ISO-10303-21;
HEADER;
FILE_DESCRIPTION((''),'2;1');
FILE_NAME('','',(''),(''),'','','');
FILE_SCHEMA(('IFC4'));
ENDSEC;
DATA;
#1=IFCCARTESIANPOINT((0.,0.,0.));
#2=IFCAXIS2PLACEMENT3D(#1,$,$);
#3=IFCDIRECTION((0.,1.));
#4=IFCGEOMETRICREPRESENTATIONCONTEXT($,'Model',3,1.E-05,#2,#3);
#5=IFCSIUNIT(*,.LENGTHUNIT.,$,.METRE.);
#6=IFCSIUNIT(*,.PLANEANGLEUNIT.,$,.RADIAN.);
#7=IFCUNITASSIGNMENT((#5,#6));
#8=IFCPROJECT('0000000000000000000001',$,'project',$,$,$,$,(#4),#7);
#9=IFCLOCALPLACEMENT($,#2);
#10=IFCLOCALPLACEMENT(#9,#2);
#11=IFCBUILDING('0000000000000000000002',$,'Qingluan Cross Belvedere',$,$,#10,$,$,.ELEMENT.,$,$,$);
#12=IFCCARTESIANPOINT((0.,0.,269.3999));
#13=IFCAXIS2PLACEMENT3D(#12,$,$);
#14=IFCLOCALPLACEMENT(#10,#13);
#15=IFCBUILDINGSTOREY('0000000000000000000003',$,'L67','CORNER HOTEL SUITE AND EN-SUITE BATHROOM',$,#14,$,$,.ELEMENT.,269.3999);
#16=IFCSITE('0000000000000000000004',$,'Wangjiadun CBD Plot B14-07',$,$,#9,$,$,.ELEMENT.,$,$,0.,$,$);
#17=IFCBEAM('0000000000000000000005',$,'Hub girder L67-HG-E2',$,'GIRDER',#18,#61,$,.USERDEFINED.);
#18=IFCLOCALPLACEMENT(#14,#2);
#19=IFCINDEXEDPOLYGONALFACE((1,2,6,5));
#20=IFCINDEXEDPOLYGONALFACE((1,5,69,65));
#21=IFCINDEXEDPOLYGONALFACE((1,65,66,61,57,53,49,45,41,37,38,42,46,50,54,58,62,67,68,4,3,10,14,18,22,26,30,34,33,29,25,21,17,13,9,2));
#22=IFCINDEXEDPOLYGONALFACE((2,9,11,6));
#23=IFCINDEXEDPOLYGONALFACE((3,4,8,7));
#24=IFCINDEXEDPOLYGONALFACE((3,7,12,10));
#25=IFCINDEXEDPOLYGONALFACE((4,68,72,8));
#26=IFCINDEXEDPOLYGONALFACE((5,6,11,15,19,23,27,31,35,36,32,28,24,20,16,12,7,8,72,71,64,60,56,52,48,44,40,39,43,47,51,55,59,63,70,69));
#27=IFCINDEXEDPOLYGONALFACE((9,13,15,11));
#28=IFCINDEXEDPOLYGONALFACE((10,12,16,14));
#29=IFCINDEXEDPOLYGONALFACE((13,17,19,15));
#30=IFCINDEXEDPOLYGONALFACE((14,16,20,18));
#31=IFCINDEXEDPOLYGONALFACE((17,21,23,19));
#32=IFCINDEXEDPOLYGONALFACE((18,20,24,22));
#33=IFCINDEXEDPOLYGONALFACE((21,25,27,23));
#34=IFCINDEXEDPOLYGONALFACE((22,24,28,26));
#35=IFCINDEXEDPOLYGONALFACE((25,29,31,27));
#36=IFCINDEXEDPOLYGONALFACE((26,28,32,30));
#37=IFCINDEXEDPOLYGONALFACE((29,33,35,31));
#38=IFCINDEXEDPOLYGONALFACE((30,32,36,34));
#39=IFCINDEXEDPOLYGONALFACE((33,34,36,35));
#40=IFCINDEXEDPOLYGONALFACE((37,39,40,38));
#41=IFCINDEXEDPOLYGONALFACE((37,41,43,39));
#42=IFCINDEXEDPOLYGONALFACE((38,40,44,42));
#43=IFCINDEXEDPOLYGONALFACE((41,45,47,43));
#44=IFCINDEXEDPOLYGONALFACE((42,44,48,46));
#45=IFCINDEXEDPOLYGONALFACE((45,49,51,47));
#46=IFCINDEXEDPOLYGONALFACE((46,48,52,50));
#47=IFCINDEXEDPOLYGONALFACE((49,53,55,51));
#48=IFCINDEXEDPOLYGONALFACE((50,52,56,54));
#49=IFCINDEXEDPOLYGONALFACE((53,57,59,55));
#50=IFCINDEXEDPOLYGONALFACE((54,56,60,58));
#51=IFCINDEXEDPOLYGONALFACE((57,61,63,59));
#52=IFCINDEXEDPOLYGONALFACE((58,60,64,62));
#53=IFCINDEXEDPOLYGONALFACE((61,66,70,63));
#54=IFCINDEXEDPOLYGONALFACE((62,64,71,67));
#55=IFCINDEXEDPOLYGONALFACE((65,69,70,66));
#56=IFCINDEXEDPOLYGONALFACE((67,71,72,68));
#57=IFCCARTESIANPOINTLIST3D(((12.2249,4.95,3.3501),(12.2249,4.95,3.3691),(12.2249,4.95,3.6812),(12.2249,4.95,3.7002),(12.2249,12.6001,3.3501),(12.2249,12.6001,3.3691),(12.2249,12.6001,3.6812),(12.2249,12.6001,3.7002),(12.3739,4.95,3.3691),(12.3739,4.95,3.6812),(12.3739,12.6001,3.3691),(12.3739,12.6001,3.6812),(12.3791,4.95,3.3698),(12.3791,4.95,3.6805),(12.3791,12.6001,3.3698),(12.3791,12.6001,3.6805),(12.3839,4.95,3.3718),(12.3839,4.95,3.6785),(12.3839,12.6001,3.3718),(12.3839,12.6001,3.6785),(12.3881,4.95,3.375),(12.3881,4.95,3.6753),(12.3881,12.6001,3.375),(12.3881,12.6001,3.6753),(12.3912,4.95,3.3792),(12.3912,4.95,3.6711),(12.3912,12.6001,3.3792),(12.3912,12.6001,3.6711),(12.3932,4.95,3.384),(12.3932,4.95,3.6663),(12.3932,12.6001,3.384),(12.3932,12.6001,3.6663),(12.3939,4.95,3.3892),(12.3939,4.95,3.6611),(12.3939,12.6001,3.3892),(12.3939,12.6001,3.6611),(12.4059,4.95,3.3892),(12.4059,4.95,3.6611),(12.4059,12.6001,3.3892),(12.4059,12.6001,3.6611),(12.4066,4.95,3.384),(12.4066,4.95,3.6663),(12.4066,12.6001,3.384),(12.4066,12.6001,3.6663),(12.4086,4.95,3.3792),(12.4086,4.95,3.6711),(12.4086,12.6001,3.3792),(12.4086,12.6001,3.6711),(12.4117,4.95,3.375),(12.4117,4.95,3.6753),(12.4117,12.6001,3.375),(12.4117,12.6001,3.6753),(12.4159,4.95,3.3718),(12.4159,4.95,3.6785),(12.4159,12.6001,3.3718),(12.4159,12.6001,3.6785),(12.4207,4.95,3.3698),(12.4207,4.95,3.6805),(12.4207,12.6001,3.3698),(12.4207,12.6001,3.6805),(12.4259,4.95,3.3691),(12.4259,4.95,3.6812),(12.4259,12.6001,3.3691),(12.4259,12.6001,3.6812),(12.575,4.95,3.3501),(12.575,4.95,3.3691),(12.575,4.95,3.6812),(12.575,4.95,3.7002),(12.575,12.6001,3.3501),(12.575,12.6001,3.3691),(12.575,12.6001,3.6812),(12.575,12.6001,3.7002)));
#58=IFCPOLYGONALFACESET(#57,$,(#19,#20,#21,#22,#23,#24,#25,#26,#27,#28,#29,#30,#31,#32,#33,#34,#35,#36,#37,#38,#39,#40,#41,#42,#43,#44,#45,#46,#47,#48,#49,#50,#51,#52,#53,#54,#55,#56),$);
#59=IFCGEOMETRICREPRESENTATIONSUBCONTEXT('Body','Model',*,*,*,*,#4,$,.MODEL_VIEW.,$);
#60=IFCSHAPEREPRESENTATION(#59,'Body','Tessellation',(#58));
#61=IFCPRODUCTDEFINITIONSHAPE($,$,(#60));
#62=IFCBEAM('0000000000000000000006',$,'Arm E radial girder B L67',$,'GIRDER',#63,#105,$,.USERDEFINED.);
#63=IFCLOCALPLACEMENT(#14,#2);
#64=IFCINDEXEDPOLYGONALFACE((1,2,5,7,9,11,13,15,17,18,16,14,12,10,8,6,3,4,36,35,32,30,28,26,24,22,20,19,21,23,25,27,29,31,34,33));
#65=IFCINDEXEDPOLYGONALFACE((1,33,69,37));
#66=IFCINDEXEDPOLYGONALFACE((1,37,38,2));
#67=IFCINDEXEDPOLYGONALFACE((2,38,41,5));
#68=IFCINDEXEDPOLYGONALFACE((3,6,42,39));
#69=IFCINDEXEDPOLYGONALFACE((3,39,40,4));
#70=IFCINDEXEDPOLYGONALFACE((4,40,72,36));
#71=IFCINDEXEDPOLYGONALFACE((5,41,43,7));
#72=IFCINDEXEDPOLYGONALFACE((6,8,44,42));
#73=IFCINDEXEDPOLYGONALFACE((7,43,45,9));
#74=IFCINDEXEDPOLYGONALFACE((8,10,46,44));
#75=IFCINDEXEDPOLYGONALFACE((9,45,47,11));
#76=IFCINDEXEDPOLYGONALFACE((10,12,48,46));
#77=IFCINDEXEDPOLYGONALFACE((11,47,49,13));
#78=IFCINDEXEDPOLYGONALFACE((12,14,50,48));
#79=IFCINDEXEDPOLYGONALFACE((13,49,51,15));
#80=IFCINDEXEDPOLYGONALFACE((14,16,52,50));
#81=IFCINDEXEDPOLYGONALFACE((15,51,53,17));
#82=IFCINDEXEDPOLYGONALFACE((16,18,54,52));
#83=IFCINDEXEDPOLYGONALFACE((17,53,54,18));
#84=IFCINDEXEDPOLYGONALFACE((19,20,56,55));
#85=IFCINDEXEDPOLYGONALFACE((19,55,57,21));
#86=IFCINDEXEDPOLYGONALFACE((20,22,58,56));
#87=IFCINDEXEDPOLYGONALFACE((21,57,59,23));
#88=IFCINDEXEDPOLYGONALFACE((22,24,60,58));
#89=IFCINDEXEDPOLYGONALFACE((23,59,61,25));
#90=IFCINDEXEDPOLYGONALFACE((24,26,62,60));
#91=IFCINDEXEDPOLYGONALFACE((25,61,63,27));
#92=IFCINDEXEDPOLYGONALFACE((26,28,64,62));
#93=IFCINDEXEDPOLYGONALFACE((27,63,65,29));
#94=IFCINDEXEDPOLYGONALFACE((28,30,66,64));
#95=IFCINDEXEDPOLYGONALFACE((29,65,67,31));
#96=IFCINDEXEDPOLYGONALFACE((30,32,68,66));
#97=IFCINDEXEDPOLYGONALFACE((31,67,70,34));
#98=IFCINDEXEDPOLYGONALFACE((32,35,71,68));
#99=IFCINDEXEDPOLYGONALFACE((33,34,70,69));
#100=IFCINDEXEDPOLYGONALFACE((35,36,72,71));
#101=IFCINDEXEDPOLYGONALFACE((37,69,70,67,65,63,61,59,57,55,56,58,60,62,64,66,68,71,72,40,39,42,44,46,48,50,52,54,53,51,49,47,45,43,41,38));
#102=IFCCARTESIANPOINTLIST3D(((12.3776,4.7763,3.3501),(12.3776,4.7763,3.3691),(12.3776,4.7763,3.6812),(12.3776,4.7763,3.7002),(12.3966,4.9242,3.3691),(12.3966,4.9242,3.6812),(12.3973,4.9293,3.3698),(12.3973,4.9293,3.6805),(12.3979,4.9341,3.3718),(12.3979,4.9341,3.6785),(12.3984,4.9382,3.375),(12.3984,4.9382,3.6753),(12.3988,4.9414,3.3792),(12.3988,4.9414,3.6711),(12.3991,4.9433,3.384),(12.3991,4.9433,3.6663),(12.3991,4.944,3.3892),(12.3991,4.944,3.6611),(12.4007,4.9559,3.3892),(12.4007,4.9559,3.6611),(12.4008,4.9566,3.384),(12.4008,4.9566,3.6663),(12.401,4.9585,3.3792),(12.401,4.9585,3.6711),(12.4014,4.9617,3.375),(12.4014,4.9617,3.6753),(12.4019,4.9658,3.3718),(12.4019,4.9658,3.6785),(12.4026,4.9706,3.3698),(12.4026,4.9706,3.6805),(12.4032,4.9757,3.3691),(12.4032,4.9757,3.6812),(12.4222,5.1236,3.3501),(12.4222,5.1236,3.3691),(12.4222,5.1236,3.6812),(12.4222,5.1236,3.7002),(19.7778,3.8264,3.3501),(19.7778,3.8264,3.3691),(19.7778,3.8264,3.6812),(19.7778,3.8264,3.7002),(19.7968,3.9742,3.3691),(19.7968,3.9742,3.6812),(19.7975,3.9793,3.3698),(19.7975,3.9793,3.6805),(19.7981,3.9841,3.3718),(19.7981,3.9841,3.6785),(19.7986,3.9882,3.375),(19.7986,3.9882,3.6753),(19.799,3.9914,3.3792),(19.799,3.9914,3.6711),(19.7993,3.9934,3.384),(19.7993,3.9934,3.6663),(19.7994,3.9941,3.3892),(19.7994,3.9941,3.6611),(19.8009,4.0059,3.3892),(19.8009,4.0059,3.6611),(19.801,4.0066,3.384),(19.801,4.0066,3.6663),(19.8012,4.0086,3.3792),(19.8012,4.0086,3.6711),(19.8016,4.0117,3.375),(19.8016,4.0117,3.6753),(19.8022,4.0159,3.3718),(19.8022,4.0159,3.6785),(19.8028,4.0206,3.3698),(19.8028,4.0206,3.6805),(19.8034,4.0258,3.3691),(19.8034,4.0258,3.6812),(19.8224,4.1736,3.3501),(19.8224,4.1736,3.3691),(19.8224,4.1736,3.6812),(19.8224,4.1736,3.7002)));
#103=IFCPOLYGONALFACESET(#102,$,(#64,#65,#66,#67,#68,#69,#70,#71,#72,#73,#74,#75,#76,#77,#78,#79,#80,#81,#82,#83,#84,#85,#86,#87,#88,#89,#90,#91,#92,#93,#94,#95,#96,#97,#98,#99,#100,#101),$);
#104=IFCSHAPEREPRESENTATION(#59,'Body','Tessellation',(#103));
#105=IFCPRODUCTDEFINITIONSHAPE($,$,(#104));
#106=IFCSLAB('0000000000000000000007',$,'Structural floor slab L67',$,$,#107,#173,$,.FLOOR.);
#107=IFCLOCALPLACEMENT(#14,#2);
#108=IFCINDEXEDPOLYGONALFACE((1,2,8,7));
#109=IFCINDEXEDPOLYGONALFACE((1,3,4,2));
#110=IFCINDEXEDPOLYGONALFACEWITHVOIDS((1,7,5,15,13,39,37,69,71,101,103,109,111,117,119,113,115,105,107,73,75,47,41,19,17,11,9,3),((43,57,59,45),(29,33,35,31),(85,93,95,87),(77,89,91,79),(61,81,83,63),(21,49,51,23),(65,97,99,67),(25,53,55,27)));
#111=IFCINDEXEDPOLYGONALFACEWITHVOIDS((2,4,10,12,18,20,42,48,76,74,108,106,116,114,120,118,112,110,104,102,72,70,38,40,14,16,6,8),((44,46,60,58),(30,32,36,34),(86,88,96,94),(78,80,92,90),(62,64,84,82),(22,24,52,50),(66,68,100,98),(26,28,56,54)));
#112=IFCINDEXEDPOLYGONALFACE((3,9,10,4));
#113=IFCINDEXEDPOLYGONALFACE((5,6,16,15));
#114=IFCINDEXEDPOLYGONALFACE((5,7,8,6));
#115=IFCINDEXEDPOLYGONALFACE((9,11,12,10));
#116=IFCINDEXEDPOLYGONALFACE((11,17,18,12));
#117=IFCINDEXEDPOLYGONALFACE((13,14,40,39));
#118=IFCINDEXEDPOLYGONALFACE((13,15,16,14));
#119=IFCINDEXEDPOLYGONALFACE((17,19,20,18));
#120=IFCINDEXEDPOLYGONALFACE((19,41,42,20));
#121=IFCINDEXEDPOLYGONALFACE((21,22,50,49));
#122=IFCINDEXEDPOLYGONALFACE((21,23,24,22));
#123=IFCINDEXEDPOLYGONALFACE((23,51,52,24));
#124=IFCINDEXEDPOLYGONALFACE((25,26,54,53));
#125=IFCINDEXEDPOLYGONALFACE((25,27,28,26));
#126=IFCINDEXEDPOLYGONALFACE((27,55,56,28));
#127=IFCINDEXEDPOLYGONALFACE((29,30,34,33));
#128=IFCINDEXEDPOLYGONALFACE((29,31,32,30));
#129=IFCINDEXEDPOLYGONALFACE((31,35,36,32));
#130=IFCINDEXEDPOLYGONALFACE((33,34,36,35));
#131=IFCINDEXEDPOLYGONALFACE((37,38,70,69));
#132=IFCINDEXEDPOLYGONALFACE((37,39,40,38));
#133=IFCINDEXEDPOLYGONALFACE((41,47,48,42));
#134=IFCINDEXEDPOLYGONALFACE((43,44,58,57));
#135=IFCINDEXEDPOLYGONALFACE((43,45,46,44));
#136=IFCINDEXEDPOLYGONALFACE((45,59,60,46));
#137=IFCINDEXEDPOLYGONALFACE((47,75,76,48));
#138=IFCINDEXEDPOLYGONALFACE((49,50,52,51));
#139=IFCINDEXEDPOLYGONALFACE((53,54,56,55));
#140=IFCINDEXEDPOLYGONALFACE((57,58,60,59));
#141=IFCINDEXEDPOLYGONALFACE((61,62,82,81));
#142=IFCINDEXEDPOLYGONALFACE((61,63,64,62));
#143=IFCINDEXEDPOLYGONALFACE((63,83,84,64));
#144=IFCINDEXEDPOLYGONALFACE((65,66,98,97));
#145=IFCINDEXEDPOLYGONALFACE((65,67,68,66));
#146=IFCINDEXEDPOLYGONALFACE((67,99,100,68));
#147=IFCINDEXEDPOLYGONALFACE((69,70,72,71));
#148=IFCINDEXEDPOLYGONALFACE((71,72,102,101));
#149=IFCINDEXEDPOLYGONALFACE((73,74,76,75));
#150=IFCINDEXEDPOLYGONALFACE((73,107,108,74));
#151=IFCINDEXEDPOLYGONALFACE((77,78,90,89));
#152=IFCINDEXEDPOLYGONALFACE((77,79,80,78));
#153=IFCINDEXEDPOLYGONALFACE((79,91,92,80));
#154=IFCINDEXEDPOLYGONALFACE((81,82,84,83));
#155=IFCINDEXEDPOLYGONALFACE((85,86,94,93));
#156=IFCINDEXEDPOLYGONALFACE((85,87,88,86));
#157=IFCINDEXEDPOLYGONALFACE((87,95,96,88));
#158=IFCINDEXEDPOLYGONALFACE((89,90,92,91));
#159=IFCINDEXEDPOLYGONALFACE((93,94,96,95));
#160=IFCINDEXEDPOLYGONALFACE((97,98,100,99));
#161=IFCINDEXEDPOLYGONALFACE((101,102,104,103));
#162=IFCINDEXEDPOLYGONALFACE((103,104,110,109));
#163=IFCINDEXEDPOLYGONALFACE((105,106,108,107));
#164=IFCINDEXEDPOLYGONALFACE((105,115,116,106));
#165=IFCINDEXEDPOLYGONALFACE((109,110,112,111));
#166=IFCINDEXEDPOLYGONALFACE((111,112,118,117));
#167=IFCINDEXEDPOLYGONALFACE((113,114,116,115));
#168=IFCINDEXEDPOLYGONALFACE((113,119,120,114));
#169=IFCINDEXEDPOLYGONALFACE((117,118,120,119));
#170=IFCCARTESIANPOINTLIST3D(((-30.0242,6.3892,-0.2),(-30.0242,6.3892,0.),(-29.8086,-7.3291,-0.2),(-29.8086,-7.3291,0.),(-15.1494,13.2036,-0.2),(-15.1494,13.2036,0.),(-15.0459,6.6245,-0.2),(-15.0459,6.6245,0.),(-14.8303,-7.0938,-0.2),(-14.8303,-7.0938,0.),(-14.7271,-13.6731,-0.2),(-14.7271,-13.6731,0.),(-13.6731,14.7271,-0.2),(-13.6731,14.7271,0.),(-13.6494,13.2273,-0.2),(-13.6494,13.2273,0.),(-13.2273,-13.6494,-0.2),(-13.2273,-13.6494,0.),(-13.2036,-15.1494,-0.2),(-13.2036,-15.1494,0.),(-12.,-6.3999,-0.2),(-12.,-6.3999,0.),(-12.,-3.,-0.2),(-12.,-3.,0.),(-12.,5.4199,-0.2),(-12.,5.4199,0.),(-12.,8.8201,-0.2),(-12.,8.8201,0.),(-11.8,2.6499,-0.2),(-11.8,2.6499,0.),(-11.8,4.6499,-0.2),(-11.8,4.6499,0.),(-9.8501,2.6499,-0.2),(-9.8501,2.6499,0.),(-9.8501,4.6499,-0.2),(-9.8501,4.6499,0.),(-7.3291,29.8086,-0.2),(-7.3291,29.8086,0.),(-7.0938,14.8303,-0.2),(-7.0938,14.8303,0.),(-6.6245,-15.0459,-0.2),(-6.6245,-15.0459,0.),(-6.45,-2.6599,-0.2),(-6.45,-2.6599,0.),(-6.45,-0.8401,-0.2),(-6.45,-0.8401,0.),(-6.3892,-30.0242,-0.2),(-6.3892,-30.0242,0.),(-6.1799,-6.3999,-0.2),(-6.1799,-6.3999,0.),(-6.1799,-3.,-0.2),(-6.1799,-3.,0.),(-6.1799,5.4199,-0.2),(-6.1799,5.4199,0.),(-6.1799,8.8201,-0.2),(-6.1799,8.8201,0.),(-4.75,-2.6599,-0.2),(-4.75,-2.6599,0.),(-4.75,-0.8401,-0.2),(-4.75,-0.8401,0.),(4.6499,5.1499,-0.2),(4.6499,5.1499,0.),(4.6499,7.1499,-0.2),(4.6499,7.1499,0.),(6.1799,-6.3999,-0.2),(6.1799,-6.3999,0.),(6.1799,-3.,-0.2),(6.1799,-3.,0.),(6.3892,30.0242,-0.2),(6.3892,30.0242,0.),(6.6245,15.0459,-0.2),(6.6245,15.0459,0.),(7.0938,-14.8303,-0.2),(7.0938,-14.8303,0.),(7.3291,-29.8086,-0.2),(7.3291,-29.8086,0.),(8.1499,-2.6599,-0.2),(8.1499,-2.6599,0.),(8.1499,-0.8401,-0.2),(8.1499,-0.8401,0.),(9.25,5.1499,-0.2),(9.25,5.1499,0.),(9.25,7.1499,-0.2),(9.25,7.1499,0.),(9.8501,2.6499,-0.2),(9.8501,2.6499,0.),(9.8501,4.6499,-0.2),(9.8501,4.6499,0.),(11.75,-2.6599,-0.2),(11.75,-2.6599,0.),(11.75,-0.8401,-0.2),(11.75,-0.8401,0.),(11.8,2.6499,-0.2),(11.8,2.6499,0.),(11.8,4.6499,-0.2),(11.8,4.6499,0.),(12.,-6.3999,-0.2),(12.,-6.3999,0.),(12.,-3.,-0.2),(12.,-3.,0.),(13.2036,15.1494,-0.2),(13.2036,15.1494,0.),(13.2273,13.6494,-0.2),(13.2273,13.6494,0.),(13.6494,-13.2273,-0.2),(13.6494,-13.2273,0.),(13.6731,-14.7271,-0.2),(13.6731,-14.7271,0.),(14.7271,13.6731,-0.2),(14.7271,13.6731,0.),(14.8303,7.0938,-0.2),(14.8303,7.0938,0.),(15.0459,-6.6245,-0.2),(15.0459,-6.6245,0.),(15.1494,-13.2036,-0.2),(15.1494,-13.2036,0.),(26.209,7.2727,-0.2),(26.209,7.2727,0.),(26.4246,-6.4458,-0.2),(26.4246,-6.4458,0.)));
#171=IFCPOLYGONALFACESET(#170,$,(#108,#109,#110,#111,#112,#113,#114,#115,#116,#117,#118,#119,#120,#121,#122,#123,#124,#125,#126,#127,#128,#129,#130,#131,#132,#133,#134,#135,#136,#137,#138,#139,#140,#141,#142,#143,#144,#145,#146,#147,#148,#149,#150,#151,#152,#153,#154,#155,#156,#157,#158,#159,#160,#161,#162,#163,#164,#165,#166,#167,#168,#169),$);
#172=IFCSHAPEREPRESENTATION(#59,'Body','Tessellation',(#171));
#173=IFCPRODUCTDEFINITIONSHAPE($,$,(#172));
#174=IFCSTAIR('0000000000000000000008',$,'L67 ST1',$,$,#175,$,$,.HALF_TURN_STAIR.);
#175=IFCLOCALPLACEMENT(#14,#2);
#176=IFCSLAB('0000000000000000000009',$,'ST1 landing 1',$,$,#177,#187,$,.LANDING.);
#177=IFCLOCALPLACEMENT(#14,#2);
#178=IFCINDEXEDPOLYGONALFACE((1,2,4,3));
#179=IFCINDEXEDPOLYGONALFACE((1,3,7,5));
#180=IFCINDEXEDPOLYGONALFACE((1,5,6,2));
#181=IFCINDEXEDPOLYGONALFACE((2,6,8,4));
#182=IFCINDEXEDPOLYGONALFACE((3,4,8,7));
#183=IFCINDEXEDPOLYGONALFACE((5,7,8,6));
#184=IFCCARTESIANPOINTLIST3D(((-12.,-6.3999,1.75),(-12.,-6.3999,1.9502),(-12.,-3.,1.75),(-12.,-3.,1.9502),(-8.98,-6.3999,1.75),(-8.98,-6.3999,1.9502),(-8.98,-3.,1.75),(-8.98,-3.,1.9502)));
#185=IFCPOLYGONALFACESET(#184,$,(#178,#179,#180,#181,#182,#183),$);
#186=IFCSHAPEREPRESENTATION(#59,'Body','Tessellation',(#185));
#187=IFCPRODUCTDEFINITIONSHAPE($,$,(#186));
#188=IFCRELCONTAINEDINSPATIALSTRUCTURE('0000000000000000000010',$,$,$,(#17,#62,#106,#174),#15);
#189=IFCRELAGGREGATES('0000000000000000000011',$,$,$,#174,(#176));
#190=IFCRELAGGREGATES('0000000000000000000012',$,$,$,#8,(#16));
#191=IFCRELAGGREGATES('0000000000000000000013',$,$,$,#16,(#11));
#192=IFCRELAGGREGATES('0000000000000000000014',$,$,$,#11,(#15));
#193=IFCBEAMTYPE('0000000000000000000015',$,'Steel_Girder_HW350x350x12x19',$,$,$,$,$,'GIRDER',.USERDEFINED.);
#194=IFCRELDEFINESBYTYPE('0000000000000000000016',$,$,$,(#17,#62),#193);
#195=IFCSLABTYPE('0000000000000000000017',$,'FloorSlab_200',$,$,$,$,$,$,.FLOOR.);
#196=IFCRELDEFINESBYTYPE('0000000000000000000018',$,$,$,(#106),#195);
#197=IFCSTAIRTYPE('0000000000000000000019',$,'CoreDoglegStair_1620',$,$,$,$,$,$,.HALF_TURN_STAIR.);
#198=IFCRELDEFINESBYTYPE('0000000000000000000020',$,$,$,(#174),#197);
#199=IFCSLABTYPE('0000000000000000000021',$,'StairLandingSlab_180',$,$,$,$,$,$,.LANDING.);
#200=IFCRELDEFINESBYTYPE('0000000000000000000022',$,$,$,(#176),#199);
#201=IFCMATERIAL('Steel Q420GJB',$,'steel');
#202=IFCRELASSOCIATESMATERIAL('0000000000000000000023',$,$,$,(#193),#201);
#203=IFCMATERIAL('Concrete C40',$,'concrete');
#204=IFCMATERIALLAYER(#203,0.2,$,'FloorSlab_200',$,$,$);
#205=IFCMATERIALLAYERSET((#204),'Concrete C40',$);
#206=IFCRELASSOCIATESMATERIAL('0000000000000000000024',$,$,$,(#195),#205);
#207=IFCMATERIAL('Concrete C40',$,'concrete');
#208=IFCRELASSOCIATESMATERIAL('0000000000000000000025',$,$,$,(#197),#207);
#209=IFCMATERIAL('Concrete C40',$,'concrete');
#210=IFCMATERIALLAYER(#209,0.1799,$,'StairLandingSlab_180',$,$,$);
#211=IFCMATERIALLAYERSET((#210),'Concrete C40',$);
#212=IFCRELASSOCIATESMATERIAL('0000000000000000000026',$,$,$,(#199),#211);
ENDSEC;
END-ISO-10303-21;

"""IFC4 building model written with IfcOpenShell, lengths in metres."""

from ifc_helpers import new_model, si_unit, direction, frame, origin, origin_2d, place, context, subcontext, project, spatial, polyline, i_section, outline, extrude, material, layer, layer_set, material_profile, profile_set, type_object, element, aggregate, save


model = new_model("IFC4")

# Units and contexts
model_context = context("Model", 3, precision=1e-05, world=origin(), true_north=direction((0.0, 1.0)))
body_context = subcontext(model_context, "Body", "Model", "MODEL_VIEW")
ifc_project = project(units=[si_unit("LENGTHUNIT", "METRE"), si_unit("PLANEANGLEUNIT", "RADIAN")], contexts=[model_context])

# Site, building, storey
site_placement = place(None, origin())
site = spatial("IfcSite", under=ifc_project, at=site_placement, Name="Wangjiadun CBD Plot B14-07", CompositionType="ELEMENT", RefElevation=0.0)
building_placement = place(site_placement, origin())
building = spatial("IfcBuilding", under=site, at=building_placement, Name="Qingluan Cross Belvedere", CompositionType="ELEMENT")
storey_placement = place(building_placement, frame((0.0, 0.0, 269.3999)))
storey = spatial("IfcBuildingStorey", under=building, at=storey_placement, Name="L67", Description="CORNER HOTEL SUITE AND EN-SUITE BATHROOM", CompositionType="ELEMENT", Elevation=269.3999)

# Beams
ifc_material_1 = material(Name="Steel Q420GJB", Category="steel")
ifc_material_profile = material_profile(ifc_material_1, i_section(OverallWidth=0.3501, OverallDepth=0.3501, WebThickness=0.012, FlangeThickness=0.019, FilletRadius=0.02, at=origin_2d()), Name="HW350x350x12x19")
ifc_profile_set = profile_set([ifc_material_profile], Name="Steel Q420GJB")
beam_type = type_object("IfcBeamType", Name="Steel_Girder_HW350x350x12x19", ElementType="GIRDER", PredefinedType="USERDEFINED", material=ifc_profile_set)
beam_1_placement = place(storey_placement, frame((12.3999, 4.95, 3.5251), z_axis=(0.0, 1.0, 0.0), x_axis=(-1.0, 0.0, 0.0)))
element("IfcBeam", 1, at=beam_1_placement, inside=storey, type_object=beam_type, Name="Hub girder L67-HG-E2", ObjectType="GIRDER", PredefinedType="USERDEFINED", context=body_context, shape_type="SweptSolid", body=[
    extrude(i_section(OverallWidth=0.3501, OverallDepth=0.3501, WebThickness=0.012, FlangeThickness=0.019, FilletRadius=0.02, at=origin_2d()), origin(), (0.0, 0.0, 1.0), 7.6501),
])
beam_2_placement = place(storey_placement, frame((12.3999, 4.95, 3.5251), z_axis=(0.991861, -0.127324, 0.0), x_axis=(0.127324, 0.991861, 0.0)))
element("IfcBeam", 2, at=beam_2_placement, inside=storey, type_object=beam_type, Name="Arm E radial girder B L67", ObjectType="GIRDER", PredefinedType="USERDEFINED", context=body_context, shape_type="SweptSolid", body=[
    extrude(i_section(OverallWidth=0.3501, OverallDepth=0.3501, WebThickness=0.012, FlangeThickness=0.019, FilletRadius=0.02, at=origin_2d()), origin(), (0.0, 0.0, 1.0), 7.4609),
])

# Slab
ifc_material_2 = material(Name="Concrete C40", Category="concrete")
ifc_layer_1 = layer(ifc_material_2, 0.2, Name="FloorSlab_200")
ifc_layer_set_1 = layer_set([ifc_layer_1], Name="Concrete C40")
slab_type_1 = type_object("IfcSlabType", Name="FloorSlab_200", PredefinedType="FLOOR", material=ifc_layer_set_1)
slab_1_placement = place(storey_placement, frame((0.0, 0.0, -0.2)))
element("IfcSlab", 3, at=slab_1_placement, inside=storey, type_object=slab_type_1, Name="Structural floor slab L67", PredefinedType="FLOOR", context=body_context, shape_type="SweptSolid", body=[
    extrude(outline(polyline([(7.3291, -29.8086), (7.0938, -14.8303), (13.6731, -14.7271), (13.6494, -13.2273), (15.1494, -13.2036), (15.0459, -6.6245), (26.4246, -6.4458), (26.209, 7.2727), (14.8303, 7.0938), (14.7271, 13.6731), (13.2273, 13.6494), (13.2036, 15.1494), (6.6245, 15.0459), (6.3892, 30.0242), (-7.3291, 29.8086), (-7.0938, 14.8303), (-13.6731, 14.7271), (-13.6494, 13.2273), (-15.1494, 13.2036), (-15.0459, 6.6245), (-30.0242, 6.3892), (-29.8086, -7.3291), (-14.8303, -7.0938), (-14.7271, -13.6731), (-13.2273, -13.6494), (-13.2036, -15.1494), (-6.6245, -15.0459), (-6.3892, -30.0242), (7.3291, -29.8086)]), holes=[polyline([(-12.0, -3.0), (-6.1799, -3.0), (-6.1799, -6.3999), (-12.0, -6.3999), (-12.0, -3.0)]), polyline([(6.1799, -3.0), (12.0, -3.0), (12.0, -6.3999), (6.1799, -6.3999), (6.1799, -3.0)]), polyline([(-12.0, 8.8201), (-6.1799, 8.8201), (-6.1799, 5.4199), (-12.0, 5.4199), (-12.0, 8.8201)]), polyline([(-11.8, 4.6499), (-9.8501, 4.6499), (-9.8501, 2.6499), (-11.8, 2.6499), (-11.8, 4.6499)]), polyline([(9.8501, 4.6499), (11.8, 4.6499), (11.8, 2.6499), (9.8501, 2.6499), (9.8501, 4.6499)]), polyline([(-6.45, -0.8401), (-4.75, -0.8401), (-4.75, -2.6599), (-6.45, -2.6599), (-6.45, -0.8401)]), polyline([(8.1499, -0.8401), (11.75, -0.8401), (11.75, -2.6599), (8.1499, -2.6599), (8.1499, -0.8401)]), polyline([(4.6499, 7.1499), (9.25, 7.1499), (9.25, 5.1499), (4.6499, 5.1499), (4.6499, 7.1499)])]), origin(), (0.0, 0.0, 1.0), 0.2),
])

# Stair, slab
ifc_material_3 = material(Name="Concrete C40", Category="concrete")
stair_type = type_object("IfcStairType", Name="CoreDoglegStair_1620", PredefinedType="HALF_TURN_STAIR", material=ifc_material_3)
stair_1_placement = place(storey_placement, origin())
stair_1 = element("IfcStair", 4, at=stair_1_placement, inside=storey, type_object=stair_type, Name="L67 ST1", PredefinedType="HALF_TURN_STAIR")
ifc_material_4 = material(Name="Concrete C40", Category="concrete")
ifc_layer_2 = layer(ifc_material_4, 0.1799, Name="StairLandingSlab_180")
ifc_layer_set_2 = layer_set([ifc_layer_2], Name="Concrete C40")
slab_type_2 = type_object("IfcSlabType", Name="StairLandingSlab_180", PredefinedType="LANDING", material=ifc_layer_set_2)
slab_2_placement = place(storey_placement, frame((0.0, 0.0, 1.75)))
slab_2 = element("IfcSlab", 5, at=slab_2_placement, type_object=slab_type_2, Name="ST1 landing 1", PredefinedType="LANDING", context=body_context, shape_type="SweptSolid", body=[
    extrude(outline(polyline([(-8.98, -3.0), (-12.0, -3.0), (-12.0, -6.3999), (-8.98, -6.3999), (-8.98, -3.0)])), origin(), (0.0, 0.0, 1.0), 0.2002),
])
aggregate(stair_1, [slab_2])

save(model, "model.ifc")
